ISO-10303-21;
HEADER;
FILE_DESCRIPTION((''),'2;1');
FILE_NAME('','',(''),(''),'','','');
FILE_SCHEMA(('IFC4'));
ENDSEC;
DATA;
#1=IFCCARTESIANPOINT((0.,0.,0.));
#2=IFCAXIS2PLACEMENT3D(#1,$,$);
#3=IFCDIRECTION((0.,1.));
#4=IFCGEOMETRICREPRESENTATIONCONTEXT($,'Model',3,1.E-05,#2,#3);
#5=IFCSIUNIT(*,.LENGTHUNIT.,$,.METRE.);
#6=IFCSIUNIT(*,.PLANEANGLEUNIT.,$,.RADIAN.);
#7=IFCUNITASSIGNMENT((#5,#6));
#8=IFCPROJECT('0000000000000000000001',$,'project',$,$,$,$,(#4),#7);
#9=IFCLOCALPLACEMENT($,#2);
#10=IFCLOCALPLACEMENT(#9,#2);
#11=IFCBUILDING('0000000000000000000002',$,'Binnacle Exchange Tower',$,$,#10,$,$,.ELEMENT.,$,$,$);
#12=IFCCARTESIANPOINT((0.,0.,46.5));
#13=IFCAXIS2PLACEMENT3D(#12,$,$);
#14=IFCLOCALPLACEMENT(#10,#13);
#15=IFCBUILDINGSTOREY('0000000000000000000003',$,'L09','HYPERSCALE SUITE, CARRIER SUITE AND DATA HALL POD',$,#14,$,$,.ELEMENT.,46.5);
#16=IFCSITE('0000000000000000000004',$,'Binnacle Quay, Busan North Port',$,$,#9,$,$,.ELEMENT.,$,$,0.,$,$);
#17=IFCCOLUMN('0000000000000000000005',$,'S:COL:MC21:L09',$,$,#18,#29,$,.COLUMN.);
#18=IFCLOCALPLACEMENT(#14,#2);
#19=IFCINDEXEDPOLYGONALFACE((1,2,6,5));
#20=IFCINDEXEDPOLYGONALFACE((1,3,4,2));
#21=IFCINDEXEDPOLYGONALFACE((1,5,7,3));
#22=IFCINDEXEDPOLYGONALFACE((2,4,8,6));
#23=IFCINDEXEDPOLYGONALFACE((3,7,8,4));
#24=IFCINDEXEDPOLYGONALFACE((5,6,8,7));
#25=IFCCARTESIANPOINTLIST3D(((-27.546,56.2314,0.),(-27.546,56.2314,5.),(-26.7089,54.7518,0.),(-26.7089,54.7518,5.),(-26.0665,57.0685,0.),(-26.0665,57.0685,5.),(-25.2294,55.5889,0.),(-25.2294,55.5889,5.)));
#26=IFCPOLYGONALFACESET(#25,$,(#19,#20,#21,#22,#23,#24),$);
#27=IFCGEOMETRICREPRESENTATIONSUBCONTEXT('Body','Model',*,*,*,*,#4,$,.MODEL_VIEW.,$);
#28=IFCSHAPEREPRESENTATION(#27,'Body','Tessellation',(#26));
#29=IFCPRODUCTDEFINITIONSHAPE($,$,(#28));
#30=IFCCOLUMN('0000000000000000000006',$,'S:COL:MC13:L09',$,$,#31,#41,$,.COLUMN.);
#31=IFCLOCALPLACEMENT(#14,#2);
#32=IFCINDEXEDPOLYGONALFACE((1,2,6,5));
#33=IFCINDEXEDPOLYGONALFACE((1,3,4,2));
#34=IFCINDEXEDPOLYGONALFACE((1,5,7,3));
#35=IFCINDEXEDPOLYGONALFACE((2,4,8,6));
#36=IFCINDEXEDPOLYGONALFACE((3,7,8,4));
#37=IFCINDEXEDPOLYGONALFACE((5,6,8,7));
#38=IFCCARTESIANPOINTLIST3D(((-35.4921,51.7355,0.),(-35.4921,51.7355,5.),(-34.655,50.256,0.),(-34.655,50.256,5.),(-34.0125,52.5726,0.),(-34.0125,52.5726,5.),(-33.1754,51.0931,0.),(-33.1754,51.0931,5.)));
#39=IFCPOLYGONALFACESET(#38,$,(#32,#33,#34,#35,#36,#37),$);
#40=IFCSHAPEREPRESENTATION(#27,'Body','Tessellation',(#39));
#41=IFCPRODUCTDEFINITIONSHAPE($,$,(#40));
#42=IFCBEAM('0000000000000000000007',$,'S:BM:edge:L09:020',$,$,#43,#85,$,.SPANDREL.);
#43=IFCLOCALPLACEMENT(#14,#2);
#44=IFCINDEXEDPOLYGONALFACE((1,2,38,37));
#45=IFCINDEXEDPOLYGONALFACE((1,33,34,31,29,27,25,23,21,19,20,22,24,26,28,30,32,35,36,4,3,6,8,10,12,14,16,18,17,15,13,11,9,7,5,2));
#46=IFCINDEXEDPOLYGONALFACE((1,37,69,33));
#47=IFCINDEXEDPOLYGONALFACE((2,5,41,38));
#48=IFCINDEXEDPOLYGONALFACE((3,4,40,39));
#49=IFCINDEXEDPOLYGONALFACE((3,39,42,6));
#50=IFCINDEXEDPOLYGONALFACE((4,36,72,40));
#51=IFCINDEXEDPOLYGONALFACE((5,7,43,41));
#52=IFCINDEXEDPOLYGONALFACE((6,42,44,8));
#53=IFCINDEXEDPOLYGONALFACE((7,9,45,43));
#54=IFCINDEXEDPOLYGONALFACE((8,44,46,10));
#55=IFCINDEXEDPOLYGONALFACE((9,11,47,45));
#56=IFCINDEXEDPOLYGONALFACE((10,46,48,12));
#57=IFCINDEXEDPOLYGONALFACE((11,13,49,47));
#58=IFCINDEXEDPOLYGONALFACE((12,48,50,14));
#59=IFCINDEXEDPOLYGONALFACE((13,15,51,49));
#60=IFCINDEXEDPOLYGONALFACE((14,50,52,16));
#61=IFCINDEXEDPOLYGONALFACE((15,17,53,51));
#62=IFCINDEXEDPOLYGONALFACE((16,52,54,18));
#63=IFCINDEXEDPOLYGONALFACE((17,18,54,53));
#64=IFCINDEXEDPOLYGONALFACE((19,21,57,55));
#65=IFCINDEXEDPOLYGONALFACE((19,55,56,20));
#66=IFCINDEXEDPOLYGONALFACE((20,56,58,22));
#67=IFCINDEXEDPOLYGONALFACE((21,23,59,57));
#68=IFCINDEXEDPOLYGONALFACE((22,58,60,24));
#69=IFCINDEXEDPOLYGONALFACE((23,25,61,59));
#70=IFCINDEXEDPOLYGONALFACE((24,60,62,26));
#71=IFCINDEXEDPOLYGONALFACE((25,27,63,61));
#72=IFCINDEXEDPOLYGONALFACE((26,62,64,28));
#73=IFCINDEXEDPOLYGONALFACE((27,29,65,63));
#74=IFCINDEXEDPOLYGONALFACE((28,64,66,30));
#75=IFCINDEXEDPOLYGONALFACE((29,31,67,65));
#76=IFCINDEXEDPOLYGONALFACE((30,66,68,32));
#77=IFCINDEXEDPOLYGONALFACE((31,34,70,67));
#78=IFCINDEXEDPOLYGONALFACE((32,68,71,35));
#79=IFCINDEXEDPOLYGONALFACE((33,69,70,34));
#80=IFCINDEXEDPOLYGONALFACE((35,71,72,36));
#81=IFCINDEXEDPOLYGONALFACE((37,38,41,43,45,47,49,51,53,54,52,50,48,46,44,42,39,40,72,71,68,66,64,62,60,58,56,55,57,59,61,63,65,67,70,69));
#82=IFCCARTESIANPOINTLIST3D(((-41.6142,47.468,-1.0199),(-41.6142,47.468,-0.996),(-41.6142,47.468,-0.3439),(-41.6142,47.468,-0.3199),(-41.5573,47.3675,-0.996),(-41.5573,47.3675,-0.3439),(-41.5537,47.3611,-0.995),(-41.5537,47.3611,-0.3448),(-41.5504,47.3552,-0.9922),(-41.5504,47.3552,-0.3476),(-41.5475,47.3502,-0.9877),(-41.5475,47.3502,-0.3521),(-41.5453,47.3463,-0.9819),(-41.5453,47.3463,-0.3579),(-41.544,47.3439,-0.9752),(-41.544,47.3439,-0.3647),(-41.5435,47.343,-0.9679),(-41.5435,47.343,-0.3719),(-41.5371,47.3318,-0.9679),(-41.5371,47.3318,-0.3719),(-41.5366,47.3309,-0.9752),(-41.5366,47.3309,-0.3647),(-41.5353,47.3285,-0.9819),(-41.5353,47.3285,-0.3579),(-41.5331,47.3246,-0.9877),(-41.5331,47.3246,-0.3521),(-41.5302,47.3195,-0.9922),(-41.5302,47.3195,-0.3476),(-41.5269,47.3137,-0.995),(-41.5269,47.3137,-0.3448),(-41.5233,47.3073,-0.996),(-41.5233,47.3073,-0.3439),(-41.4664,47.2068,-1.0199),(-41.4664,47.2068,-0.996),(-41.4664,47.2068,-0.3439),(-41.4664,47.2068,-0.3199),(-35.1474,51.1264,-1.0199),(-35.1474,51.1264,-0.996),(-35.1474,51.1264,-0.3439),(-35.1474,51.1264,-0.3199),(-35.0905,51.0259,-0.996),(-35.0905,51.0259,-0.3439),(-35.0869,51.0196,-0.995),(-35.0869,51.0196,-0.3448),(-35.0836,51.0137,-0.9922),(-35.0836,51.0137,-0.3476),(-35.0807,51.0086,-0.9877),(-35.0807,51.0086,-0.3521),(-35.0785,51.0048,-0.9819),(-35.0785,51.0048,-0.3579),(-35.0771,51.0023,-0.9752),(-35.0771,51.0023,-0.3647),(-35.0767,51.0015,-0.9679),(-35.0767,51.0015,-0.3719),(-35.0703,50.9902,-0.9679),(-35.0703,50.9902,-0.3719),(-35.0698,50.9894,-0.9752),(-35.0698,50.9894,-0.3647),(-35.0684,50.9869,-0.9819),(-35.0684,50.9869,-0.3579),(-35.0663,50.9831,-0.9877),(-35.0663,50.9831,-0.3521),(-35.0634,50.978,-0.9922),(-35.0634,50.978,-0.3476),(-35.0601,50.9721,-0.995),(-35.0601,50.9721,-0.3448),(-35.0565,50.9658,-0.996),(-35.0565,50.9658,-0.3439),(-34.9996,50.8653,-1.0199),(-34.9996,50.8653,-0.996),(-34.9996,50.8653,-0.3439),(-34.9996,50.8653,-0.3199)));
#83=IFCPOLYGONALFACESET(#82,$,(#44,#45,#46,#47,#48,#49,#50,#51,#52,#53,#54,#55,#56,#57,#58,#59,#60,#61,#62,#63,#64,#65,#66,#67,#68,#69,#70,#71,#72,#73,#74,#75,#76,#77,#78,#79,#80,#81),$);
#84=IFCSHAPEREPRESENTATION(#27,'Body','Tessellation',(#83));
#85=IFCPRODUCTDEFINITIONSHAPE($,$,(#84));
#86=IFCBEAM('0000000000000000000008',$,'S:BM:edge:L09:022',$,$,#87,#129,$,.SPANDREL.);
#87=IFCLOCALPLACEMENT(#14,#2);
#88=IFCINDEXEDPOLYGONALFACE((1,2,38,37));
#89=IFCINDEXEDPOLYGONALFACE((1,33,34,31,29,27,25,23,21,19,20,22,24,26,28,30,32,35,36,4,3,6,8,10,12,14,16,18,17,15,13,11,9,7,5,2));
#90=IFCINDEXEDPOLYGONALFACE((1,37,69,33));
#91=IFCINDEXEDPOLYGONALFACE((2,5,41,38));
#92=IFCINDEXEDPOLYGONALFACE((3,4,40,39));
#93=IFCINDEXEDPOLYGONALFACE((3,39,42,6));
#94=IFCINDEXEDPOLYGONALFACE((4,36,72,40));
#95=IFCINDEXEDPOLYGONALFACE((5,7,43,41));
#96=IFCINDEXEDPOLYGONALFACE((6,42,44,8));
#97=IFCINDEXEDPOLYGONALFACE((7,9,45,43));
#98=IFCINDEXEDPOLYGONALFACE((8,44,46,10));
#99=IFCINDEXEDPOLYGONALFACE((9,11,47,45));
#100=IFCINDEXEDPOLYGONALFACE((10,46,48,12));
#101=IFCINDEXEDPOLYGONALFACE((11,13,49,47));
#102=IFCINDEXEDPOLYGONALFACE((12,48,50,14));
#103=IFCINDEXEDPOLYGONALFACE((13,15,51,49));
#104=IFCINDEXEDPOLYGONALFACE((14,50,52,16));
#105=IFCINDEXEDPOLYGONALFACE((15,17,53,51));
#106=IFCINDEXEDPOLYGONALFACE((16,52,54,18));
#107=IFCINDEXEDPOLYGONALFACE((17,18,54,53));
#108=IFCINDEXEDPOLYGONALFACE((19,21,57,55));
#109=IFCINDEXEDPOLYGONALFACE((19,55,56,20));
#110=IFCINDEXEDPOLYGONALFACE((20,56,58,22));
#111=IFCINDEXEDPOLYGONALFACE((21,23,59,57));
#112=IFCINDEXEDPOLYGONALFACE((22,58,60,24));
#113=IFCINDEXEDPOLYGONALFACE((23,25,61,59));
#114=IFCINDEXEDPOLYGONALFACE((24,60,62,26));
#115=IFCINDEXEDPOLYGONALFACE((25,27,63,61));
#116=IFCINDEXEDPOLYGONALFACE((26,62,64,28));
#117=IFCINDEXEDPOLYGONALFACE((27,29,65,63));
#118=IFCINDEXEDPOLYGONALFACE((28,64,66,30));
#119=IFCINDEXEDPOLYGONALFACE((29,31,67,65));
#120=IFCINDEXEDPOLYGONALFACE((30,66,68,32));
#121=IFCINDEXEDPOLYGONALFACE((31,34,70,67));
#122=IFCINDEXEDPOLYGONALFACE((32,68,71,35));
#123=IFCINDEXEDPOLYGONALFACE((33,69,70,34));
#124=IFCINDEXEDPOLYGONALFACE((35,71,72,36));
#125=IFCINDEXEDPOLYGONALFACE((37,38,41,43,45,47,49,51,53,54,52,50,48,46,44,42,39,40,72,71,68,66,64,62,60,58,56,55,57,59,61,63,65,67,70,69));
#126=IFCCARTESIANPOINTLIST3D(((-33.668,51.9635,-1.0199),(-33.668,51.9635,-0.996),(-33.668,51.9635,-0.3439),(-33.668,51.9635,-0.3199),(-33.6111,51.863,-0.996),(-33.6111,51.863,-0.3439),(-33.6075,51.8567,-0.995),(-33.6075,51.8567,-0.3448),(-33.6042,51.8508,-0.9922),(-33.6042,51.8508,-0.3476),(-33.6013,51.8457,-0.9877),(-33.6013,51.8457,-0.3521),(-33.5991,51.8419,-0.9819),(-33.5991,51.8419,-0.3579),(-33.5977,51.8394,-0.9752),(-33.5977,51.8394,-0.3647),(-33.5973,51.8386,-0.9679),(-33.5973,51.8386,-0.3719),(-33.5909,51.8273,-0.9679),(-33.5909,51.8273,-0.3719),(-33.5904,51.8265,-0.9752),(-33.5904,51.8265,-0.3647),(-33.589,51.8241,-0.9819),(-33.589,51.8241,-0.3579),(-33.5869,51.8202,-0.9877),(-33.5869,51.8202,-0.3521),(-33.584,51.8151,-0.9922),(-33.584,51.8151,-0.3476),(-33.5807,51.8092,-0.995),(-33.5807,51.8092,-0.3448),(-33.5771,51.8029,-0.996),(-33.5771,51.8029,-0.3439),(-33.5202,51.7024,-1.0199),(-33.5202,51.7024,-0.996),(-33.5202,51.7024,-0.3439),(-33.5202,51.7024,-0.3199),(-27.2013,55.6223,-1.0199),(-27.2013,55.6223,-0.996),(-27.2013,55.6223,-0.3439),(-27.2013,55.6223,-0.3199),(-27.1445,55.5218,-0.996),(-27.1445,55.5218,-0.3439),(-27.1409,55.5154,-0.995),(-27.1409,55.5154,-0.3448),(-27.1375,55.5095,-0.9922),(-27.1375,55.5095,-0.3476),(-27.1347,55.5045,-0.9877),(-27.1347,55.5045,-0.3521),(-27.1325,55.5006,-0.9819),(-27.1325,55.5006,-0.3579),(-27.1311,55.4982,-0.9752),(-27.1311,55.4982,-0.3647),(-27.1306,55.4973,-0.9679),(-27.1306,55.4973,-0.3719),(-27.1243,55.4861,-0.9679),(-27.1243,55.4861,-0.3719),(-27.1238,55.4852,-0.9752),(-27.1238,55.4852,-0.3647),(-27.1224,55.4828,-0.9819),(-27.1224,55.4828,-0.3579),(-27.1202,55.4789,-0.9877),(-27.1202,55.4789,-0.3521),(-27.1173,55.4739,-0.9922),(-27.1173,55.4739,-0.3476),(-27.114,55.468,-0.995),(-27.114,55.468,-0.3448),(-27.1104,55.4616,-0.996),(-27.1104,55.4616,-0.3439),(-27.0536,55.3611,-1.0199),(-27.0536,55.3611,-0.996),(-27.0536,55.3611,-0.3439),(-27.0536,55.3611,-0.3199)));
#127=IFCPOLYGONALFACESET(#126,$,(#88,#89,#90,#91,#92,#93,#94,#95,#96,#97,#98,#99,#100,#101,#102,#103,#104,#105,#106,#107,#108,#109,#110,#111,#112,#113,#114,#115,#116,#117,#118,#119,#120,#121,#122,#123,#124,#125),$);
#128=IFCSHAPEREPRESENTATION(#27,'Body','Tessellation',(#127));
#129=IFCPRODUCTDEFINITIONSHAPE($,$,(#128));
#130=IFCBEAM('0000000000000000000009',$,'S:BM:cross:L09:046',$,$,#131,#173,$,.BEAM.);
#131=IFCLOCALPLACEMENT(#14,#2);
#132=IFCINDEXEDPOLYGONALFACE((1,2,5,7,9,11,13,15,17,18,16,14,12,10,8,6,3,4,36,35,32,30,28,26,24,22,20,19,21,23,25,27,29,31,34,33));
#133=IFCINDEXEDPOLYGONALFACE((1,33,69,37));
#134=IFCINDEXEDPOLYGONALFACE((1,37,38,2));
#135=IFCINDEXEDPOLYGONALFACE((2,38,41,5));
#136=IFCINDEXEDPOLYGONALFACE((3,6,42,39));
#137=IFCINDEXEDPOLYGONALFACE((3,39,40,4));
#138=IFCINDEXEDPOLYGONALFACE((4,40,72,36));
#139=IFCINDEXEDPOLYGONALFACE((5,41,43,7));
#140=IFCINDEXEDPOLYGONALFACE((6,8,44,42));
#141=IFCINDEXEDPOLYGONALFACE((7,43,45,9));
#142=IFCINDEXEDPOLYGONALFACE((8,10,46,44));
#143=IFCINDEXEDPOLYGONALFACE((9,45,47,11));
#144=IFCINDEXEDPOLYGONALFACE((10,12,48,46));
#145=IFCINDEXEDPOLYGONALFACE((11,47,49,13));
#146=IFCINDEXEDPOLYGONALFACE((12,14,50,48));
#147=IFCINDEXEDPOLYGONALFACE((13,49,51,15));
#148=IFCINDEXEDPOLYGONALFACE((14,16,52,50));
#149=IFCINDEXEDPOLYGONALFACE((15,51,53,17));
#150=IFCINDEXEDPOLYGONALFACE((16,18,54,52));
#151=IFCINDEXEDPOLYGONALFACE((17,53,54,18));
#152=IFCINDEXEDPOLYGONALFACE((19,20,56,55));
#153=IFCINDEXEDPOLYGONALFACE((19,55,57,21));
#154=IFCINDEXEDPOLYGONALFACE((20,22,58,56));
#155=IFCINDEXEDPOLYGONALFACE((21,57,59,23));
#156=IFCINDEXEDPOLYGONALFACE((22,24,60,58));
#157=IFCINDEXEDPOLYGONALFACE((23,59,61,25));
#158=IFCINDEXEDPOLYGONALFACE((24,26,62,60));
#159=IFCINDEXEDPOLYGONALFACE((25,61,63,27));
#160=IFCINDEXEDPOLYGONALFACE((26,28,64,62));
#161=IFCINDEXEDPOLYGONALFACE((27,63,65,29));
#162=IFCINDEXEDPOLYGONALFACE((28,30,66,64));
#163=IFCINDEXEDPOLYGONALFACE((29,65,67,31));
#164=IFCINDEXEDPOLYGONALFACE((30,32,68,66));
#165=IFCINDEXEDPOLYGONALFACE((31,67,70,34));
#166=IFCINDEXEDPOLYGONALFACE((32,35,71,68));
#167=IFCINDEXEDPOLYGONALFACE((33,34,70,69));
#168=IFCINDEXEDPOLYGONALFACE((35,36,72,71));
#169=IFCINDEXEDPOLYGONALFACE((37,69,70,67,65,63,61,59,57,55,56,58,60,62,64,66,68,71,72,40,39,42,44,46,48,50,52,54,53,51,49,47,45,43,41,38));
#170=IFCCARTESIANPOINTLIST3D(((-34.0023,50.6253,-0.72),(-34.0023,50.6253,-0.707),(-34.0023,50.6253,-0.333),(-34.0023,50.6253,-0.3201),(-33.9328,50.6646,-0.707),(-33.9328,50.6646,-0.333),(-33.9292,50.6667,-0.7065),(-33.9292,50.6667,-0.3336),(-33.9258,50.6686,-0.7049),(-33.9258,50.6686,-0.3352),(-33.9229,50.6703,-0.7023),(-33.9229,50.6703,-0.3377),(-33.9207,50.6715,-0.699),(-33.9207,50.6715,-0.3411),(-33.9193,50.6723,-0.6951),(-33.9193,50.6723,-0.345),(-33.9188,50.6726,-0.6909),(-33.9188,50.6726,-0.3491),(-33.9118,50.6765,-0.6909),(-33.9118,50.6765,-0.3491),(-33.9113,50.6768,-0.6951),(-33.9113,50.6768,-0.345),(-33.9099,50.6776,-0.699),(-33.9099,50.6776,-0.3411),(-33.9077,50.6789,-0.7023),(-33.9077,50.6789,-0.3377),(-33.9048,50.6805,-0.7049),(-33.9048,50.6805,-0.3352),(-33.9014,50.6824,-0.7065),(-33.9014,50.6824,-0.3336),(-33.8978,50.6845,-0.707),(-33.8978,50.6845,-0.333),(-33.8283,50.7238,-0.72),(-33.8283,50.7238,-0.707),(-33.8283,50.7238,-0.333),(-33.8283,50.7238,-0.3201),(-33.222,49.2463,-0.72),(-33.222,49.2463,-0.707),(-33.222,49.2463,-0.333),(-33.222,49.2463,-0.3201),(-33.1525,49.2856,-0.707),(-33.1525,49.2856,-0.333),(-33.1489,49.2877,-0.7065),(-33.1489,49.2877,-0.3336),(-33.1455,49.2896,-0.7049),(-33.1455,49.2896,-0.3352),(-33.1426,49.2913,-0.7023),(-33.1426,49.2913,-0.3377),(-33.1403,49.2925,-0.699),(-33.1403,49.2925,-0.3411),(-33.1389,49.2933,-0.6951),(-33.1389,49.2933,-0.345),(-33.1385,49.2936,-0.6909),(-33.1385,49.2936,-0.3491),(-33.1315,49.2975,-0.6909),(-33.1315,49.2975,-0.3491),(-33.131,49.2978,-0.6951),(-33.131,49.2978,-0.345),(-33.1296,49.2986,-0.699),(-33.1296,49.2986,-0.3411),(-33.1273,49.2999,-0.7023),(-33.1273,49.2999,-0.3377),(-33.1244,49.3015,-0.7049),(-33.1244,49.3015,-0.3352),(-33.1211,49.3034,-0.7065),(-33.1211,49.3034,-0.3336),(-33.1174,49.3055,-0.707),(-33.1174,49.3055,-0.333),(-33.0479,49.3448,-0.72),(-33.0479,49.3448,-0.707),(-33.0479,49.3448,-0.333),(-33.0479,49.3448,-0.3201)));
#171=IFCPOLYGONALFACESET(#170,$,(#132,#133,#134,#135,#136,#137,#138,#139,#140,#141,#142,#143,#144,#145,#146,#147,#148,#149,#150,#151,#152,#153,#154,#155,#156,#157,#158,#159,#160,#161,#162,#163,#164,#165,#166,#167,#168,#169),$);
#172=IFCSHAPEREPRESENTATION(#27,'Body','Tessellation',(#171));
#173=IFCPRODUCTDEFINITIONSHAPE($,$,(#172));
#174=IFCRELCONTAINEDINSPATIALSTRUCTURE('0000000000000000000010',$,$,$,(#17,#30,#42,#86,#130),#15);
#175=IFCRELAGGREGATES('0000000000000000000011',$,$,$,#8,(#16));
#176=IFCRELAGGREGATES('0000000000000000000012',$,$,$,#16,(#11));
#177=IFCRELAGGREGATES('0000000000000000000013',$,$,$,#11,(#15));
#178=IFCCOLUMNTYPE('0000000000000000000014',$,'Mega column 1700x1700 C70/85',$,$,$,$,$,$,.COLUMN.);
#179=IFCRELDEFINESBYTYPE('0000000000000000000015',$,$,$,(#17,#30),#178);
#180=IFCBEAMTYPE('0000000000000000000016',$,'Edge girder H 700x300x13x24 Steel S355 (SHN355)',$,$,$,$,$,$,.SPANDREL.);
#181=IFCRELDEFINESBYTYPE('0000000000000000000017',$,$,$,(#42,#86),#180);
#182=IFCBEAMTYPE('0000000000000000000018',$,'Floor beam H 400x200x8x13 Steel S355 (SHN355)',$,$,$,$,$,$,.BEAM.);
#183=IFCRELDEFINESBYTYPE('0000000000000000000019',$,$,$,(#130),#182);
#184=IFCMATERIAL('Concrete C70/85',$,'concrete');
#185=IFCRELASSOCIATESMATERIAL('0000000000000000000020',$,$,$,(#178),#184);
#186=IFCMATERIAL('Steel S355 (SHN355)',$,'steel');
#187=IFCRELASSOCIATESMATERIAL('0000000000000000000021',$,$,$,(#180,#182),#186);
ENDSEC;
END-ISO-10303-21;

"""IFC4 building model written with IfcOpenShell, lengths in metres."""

from ifc_helpers import new_model, si_unit, direction, frame, origin, origin_2d, place, context, subcontext, project, spatial, rectangle, i_section, extrude, material, material_profile, profile_set, type_object, element, save


model = new_model("IFC4")

# Units and contexts
model_context = context("Model", 3, precision=1e-05, world=origin(), true_north=direction((0.0, 1.0)))
body_context = subcontext(model_context, "Body", "Model", "MODEL_VIEW")
ifc_project = project(units=[si_unit("LENGTHUNIT", "METRE"), si_unit("PLANEANGLEUNIT", "RADIAN")], contexts=[model_context])

# Site, building, storey
site_placement = place(None, origin())
site = spatial("IfcSite", under=ifc_project, at=site_placement, Name="Binnacle Quay, Busan North Port", CompositionType="ELEMENT", RefElevation=0.0)
building_placement = place(site_placement, origin())
building = spatial("IfcBuilding", under=site, at=building_placement, Name="Binnacle Exchange Tower", CompositionType="ELEMENT")
storey_placement = place(building_placement, frame((0.0, 0.0, 46.5)))
storey = spatial("IfcBuildingStorey", under=building, at=storey_placement, Name="L09", Description="HYPERSCALE SUITE, CARRIER SUITE AND DATA HALL POD", CompositionType="ELEMENT", Elevation=46.5)

# Columns
ifc_material_1 = material(Name="Concrete C70/85", Category="concrete")
ifc_material_profile_1 = material_profile(ifc_material_1, rectangle(XDim=1.7, YDim=1.7, at=origin_2d()), Name="Mega column 1700x1700 C70/85")
ifc_profile_set_1 = profile_set([ifc_material_profile_1], Name="Concrete C70/85")
column_type = type_object("IfcColumnType", Name="Mega column 1700x1700 C70/85", PredefinedType="COLUMN", material=ifc_profile_set_1)
for number, where, z_axis, x_axis, name in (
    (1, (-26.3877, 55.9102, 0.0), (0.0, 0.0, 1.0), (-0.870356, -0.492424, 0.0), "S:COL:MC21:L09"),
    (2, (-34.3337, 51.4143, 0.0), (0.0, 0.0, 1.0), (-0.870356, -0.492424, 0.0), "S:COL:MC13:L09"),
):
    element("IfcColumn", number, at=place(storey_placement, frame(where, z_axis=z_axis, x_axis=x_axis)), inside=storey, type_object=column_type, Name=name, PredefinedType="COLUMN", context=body_context, shape_type="SweptSolid", body=[
        extrude(rectangle(XDim=1.7, YDim=1.7, at=origin_2d()), origin(), (0.0, 0.0, 1.0), 5.0),
    ])

# Beams
ifc_material_2 = material(Name="Steel S355 (SHN355)", Category="steel")
ifc_material_profile_2 = material_profile(ifc_material_2, i_section(OverallWidth=0.3, OverallDepth=0.7, WebThickness=0.0129, FlangeThickness=0.0239, FilletRadius=0.0281, at=origin_2d()), Name="H 700x300x13x24")
ifc_profile_set_2 = profile_set([ifc_material_profile_2], Name="Steel S355 (SHN355)")
beam_type_1 = type_object("IfcBeamType", Name="Edge girder H 700x300x13x24 Steel S355 (SHN355)", PredefinedType="SPANDREL", material=ifc_profile_set_2)
for number, where, z_axis, x_axis, name in (
    (3, (-35.0735, 50.9958, -0.6699), (-0.870372, -0.492394, 0.0), (0.492394, -0.870372, 0.0), "S:BM:edge:L09:020"),
    (4, (-27.1274, 55.4917, -0.6699), (-0.87035, -0.492433, 0.0), (0.492433, -0.87035, 0.0), "S:BM:edge:L09:022"),
):
    element("IfcBeam", number, at=place(storey_placement, frame(where, z_axis=z_axis, x_axis=x_axis)), inside=storey, type_object=beam_type_1, Name=name, PredefinedType="SPANDREL", context=body_context, shape_type="SweptSolid", body=[
        extrude(i_section(OverallWidth=0.3, OverallDepth=0.7, WebThickness=0.0129, FlangeThickness=0.0239, FilletRadius=0.0281, at=origin_2d()), origin(), (0.0, 0.0, 1.0), 7.4299),
    ])
ifc_material_profile_3 = material_profile(ifc_material_2, i_section(OverallWidth=0.2, OverallDepth=0.3999, WebThickness=0.0081, FlangeThickness=0.0129, FilletRadius=0.0161, at=origin_2d()), Name="H 400x200x8x13")
ifc_profile_set_3 = profile_set([ifc_material_profile_3], Name="Steel S355 (SHN355)")
beam_type_2 = type_object("IfcBeamType", Name="Floor beam H 400x200x8x13 Steel S355 (SHN355)", PredefinedType="BEAM", material=ifc_profile_set_3)
beam_1_placement = place(storey_placement, frame((-33.9153, 50.6746, -0.52), z_axis=(0.492484, -0.870322, 0.0), x_axis=(0.870322, 0.492484, 0.0)))
element("IfcBeam", 5, at=beam_1_placement, inside=storey, type_object=beam_type_2, Name="S:BM:cross:L09:046", PredefinedType="BEAM", context=body_context, shape_type="SweptSolid", body=[
    extrude(i_section(OverallWidth=0.2, OverallDepth=0.3999, WebThickness=0.0081, FlangeThickness=0.0129, FilletRadius=0.0161, at=origin_2d()), origin(), (0.0, 0.0, 1.0), 1.5845),
])

save(model, "model.ifc")
